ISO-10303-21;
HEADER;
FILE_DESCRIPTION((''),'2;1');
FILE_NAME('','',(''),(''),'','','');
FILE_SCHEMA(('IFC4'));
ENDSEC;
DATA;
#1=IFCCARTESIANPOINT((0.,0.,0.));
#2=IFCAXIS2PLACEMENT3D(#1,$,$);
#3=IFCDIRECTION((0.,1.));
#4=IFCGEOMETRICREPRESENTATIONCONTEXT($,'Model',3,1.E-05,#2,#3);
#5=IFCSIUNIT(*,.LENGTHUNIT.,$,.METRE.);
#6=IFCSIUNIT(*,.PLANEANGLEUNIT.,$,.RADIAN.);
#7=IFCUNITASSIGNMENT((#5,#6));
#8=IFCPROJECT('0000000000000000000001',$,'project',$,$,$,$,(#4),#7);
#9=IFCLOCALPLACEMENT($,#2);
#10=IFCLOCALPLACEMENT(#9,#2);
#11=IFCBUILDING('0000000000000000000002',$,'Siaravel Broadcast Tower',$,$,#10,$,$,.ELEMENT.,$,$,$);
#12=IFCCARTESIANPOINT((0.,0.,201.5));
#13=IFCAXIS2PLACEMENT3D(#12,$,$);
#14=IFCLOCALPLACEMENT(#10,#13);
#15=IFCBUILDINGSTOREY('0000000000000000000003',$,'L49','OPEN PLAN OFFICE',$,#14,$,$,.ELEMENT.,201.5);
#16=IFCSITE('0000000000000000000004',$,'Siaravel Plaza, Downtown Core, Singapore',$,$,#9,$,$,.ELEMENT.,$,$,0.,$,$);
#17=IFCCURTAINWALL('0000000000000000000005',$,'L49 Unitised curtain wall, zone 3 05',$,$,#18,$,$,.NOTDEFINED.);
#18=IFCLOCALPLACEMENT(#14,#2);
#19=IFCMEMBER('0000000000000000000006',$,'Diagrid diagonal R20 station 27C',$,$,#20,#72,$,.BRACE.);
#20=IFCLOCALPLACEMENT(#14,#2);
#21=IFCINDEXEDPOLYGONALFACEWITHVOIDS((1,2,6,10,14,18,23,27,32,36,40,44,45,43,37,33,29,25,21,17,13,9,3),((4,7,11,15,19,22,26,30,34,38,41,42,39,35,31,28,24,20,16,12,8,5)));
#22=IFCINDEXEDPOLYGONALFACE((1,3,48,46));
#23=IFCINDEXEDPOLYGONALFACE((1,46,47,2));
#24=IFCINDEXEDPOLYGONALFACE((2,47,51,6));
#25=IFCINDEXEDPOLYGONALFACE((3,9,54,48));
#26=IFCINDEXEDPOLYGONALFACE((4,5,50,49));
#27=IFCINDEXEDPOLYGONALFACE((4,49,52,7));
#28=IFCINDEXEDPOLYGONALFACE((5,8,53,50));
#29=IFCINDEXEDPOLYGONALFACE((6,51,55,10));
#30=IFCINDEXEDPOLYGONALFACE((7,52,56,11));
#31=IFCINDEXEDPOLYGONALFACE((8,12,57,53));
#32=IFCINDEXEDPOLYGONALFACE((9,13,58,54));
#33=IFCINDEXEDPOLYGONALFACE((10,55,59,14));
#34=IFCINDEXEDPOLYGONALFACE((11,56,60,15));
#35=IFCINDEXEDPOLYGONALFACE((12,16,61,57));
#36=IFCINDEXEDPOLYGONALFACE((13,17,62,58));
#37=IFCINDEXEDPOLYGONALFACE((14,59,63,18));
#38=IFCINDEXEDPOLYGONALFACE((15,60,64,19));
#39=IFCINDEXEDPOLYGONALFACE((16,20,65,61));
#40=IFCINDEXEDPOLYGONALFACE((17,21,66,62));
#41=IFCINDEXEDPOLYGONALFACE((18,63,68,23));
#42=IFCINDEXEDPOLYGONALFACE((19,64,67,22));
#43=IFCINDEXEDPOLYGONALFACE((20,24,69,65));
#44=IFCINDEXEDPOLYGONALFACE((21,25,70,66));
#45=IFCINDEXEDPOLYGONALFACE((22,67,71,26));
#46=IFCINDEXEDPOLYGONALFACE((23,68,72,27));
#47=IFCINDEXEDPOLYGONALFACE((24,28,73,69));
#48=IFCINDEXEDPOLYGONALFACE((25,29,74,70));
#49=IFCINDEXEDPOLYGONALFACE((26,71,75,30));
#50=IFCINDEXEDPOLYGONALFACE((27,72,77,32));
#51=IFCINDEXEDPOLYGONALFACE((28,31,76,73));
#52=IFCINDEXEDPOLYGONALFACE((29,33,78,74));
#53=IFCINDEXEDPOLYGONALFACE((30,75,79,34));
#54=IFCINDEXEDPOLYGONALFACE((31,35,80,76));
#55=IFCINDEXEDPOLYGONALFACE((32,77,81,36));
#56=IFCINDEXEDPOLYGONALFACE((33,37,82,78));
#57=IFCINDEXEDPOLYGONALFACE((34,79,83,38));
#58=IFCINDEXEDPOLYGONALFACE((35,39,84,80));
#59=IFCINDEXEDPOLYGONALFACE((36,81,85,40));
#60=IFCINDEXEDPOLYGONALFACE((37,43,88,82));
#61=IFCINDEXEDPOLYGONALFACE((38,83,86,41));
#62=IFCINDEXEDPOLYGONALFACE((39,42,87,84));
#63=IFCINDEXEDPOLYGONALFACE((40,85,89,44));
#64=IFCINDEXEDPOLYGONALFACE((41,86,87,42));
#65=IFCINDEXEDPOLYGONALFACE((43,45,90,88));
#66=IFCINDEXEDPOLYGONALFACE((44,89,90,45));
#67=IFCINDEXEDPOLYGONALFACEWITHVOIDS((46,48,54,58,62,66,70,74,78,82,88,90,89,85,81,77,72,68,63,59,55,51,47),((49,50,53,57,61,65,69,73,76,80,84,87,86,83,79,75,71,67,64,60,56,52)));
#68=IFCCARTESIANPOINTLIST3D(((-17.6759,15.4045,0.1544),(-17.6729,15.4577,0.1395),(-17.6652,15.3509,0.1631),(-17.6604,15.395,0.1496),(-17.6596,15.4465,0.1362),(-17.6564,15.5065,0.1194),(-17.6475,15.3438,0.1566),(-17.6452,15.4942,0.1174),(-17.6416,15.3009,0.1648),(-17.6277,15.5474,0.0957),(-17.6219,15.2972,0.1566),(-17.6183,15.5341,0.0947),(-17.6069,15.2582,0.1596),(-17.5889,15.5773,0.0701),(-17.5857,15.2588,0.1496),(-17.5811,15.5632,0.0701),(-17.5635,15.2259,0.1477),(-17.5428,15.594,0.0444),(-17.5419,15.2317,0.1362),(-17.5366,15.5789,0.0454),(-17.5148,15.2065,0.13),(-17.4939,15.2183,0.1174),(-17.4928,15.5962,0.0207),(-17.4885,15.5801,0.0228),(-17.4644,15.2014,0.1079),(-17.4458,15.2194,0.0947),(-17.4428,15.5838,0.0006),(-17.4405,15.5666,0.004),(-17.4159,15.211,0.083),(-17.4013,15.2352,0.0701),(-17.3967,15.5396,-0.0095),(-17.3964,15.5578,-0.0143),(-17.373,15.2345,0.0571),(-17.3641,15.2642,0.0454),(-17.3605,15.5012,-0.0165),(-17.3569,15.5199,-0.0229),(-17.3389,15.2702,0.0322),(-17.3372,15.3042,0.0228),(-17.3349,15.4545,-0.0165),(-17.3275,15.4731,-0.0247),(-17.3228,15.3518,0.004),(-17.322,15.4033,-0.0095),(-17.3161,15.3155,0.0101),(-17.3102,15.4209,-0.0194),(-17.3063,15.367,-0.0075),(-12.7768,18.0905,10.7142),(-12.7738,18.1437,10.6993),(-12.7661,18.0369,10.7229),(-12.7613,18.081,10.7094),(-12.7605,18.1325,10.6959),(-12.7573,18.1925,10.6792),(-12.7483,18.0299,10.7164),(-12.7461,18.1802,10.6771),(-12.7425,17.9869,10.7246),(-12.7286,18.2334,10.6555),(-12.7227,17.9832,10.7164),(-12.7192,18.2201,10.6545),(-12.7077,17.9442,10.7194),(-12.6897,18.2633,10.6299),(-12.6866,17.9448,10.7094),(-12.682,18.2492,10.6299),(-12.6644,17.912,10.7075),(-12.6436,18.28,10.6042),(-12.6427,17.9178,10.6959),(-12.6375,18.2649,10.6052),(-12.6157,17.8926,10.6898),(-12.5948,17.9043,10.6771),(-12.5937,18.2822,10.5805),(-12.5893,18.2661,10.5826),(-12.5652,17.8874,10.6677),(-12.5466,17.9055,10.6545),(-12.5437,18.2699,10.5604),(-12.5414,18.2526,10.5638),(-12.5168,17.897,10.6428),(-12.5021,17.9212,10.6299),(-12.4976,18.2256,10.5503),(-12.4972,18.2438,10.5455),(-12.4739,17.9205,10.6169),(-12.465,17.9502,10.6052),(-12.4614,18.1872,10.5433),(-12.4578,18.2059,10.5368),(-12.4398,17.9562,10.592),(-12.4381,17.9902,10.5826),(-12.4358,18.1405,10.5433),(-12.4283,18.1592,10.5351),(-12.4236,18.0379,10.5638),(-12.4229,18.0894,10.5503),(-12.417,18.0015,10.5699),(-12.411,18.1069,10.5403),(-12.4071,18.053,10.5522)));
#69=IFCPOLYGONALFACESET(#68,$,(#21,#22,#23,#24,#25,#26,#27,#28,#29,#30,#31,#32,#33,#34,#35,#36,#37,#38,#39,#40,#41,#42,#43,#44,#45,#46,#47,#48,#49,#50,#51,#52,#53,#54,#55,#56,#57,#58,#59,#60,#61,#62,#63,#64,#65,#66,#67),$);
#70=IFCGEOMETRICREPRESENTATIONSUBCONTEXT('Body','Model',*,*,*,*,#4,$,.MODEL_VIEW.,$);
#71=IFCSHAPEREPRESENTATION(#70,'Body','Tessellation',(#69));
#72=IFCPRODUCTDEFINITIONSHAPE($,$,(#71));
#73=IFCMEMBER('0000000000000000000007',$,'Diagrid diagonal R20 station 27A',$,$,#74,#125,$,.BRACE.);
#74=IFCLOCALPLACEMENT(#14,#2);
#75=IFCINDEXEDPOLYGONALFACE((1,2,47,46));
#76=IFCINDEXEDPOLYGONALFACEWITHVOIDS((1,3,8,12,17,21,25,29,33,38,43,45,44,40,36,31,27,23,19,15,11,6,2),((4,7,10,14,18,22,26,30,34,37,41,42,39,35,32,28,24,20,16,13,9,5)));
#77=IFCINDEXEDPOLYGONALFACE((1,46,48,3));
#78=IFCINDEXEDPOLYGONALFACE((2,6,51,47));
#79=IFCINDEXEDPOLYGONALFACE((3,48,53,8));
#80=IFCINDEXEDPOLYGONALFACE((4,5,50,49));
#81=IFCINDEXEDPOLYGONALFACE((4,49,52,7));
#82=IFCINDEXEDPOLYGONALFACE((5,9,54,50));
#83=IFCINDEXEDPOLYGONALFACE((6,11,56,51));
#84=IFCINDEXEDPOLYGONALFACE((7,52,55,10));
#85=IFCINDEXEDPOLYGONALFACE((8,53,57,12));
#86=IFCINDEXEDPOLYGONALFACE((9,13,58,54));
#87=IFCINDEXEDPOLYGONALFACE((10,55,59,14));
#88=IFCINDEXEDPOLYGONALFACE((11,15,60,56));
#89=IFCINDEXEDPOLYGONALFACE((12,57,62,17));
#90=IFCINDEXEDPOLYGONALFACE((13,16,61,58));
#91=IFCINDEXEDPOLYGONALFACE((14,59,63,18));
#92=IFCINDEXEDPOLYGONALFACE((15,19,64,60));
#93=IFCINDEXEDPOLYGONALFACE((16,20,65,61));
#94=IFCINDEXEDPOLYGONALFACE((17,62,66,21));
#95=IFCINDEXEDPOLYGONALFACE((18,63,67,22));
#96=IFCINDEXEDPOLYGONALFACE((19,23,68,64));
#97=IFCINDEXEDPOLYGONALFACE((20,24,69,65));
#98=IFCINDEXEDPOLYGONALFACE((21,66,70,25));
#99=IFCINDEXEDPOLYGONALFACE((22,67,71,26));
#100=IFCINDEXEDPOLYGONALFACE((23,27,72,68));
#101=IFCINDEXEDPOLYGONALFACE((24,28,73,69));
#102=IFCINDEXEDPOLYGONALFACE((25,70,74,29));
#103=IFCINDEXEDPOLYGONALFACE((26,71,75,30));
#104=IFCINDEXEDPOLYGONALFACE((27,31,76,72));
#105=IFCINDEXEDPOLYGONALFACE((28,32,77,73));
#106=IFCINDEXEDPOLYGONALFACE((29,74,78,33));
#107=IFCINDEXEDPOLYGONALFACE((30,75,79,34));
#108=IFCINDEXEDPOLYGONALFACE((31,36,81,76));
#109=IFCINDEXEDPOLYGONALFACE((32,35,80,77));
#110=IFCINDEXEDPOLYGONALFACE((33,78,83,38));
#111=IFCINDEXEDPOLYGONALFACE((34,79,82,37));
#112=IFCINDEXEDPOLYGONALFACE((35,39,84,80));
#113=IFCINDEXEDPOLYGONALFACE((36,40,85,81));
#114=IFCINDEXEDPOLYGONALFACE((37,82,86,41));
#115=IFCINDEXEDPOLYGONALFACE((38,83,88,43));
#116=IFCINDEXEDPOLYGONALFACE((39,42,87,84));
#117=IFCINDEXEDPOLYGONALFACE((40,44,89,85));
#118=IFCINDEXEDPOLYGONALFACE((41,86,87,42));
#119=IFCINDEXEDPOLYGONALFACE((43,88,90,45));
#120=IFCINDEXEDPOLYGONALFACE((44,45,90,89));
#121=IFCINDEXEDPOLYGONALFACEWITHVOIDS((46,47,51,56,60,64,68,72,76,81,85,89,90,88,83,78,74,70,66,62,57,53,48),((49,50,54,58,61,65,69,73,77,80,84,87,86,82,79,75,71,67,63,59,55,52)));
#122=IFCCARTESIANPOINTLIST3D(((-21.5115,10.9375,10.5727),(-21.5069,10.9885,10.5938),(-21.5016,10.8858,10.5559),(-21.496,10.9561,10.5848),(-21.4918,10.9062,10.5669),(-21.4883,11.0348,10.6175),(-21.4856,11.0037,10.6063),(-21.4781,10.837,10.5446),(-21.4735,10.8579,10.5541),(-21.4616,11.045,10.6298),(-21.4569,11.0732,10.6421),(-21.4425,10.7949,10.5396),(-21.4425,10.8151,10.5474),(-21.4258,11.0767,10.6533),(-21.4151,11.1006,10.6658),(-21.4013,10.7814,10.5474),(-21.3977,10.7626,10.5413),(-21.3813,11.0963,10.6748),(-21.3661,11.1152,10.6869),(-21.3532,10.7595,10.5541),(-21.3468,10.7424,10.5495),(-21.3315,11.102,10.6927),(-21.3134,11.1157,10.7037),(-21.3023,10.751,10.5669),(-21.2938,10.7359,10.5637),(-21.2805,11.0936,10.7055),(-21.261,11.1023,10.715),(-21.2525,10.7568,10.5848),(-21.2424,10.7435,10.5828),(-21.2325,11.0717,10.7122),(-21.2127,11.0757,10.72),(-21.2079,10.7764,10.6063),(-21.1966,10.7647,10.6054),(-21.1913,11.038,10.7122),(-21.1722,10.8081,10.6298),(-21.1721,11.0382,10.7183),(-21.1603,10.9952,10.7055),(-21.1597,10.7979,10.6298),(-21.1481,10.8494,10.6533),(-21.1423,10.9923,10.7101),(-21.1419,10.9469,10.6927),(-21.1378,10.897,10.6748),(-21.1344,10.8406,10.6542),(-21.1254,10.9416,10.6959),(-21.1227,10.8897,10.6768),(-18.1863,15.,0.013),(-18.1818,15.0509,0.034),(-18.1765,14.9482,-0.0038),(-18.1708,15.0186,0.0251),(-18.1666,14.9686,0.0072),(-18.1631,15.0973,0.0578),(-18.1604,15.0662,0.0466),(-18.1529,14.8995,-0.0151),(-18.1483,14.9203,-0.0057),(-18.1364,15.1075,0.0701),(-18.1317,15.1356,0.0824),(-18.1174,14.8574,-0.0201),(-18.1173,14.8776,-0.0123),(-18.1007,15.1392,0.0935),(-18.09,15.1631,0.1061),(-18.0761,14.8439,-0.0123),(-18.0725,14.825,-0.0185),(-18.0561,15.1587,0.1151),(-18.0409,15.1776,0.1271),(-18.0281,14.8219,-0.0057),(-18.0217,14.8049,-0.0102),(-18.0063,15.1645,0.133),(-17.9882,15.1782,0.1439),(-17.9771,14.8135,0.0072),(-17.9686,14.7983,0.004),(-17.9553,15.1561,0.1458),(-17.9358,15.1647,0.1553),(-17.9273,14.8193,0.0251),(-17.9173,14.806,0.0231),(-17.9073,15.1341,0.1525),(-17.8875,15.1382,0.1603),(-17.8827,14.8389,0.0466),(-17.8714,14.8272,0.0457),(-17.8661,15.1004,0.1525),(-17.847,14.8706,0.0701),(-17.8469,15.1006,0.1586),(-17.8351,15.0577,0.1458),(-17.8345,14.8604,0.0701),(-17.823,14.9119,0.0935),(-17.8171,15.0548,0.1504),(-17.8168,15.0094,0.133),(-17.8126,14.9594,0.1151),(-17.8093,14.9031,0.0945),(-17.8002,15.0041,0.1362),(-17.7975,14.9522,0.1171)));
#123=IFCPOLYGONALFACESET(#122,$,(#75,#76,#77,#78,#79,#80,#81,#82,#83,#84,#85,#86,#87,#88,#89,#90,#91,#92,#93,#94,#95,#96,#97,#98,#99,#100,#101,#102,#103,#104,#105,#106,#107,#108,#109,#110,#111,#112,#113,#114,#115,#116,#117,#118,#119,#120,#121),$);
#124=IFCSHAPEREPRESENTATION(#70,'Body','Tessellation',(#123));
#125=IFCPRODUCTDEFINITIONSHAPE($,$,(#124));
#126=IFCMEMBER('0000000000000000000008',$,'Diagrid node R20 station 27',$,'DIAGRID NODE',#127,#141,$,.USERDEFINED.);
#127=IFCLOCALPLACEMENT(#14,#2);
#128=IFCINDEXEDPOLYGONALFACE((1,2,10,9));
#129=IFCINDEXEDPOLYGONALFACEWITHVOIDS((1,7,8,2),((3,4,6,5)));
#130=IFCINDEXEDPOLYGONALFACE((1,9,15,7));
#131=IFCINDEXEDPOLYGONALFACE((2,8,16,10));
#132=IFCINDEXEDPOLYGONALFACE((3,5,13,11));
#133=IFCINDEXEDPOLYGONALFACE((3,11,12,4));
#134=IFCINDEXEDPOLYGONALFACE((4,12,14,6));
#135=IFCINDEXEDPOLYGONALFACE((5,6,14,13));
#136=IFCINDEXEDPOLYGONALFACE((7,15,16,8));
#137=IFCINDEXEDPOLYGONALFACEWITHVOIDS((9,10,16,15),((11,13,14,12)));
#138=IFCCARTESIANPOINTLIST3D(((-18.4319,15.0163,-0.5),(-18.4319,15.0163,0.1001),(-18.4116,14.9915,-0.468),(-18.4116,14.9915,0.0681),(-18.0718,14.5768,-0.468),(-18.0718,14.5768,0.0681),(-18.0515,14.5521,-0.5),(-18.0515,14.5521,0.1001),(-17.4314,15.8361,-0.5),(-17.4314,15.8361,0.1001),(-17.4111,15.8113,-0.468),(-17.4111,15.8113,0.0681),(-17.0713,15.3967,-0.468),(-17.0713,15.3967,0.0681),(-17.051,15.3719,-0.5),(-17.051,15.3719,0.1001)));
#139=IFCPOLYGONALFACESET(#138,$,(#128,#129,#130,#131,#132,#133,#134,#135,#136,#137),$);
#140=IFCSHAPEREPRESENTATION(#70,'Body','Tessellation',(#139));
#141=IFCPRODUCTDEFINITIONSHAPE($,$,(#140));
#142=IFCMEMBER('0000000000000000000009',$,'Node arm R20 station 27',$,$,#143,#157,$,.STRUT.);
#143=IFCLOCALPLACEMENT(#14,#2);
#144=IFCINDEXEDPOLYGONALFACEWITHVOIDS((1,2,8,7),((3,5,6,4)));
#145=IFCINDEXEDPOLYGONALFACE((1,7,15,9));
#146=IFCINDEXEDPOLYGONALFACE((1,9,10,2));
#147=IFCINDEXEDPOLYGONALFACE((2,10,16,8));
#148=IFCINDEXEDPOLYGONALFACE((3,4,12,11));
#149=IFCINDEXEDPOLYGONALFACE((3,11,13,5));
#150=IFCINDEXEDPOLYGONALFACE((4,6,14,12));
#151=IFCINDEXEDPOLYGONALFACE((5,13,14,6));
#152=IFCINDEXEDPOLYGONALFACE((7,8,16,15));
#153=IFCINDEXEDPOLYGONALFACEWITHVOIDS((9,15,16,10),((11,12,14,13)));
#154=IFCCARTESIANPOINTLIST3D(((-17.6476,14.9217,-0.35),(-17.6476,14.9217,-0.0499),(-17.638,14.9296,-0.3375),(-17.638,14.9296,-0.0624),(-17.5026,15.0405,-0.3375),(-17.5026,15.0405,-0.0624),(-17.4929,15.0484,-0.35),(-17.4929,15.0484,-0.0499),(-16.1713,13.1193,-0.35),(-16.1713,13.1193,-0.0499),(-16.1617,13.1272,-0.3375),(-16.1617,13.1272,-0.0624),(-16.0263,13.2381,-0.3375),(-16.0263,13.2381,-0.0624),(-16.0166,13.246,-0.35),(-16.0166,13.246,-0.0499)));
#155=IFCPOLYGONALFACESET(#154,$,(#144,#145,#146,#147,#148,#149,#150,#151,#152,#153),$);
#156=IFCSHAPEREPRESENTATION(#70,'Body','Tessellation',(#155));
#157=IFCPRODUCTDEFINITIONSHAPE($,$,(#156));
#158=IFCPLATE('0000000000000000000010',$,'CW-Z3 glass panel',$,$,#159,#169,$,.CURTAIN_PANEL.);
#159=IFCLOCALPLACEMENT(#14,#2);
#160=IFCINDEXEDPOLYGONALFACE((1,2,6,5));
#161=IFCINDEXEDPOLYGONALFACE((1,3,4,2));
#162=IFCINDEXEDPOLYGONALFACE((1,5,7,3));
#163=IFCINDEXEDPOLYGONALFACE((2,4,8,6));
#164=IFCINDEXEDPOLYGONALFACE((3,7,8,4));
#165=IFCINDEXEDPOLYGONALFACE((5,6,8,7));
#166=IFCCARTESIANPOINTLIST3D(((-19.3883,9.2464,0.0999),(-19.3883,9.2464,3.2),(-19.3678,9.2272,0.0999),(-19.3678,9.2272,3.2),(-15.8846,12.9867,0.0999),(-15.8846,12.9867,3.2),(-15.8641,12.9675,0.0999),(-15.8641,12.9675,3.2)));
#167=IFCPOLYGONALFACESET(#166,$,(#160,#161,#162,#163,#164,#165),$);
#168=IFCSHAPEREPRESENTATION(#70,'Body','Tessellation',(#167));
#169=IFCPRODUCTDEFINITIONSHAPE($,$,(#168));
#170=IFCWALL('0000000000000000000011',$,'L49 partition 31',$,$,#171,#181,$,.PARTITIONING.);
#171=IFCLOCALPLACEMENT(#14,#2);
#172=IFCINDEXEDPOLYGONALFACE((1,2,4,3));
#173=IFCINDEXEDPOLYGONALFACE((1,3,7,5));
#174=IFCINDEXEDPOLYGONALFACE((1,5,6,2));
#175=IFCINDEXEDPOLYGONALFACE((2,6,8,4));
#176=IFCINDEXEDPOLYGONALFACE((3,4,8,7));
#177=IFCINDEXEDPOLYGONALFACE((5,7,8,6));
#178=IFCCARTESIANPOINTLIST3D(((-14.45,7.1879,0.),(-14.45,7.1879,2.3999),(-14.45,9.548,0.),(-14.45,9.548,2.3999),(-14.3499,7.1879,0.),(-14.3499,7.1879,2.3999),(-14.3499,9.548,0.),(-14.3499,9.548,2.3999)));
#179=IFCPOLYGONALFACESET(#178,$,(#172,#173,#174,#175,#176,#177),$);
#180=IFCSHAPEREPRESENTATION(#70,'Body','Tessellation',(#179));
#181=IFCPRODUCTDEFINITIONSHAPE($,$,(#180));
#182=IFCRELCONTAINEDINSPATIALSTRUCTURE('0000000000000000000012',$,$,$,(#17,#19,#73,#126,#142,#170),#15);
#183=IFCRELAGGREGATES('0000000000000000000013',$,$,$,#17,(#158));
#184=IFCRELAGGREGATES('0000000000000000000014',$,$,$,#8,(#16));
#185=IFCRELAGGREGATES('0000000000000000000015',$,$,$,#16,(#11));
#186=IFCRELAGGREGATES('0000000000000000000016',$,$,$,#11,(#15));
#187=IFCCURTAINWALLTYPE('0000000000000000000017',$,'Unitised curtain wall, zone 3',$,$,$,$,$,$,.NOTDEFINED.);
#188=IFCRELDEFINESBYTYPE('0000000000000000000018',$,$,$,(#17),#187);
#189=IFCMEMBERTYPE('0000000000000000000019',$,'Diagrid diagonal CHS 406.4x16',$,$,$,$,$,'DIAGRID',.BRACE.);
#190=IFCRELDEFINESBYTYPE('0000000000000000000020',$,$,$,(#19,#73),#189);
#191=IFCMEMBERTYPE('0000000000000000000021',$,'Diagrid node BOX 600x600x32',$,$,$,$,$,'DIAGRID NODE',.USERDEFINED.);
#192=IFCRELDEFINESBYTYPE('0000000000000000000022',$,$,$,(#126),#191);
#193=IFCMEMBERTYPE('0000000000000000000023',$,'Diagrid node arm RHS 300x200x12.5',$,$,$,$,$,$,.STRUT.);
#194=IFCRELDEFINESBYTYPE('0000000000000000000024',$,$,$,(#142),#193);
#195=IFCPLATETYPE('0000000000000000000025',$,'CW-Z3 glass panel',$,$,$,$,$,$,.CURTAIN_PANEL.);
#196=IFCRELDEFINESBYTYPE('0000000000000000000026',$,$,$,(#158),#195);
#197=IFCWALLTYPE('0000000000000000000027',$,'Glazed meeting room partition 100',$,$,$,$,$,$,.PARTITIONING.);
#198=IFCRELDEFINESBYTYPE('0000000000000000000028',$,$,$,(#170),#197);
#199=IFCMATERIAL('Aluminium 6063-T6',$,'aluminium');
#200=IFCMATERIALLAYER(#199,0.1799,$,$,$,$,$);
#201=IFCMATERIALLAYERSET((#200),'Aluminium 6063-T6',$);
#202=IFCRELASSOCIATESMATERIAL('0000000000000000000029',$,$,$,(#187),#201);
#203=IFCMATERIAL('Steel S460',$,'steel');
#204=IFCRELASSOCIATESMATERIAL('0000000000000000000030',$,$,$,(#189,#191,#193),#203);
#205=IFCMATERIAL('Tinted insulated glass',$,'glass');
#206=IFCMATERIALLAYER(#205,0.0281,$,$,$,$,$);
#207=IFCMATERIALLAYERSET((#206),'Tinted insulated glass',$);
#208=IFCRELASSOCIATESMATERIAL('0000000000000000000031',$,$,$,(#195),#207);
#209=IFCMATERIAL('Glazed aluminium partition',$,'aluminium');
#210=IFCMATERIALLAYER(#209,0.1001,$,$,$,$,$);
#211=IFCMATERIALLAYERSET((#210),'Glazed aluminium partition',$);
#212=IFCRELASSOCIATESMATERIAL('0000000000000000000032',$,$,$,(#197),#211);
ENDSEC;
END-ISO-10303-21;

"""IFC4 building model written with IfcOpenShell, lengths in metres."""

from ifc_helpers import new_model, si_unit, direction, frame, frame_2d, origin, origin_2d, place, context, subcontext, project, spatial, rectangle, hollow_rectangle, hollow_circle, extrude, material, layer, layer_set, material_profile, profile_set, type_object, element, aggregate, save


model = new_model("IFC4")

# Units and contexts
model_context = context("Model", 3, precision=1e-05, world=origin(), true_north=direction((0.0, 1.0)))
body_context = subcontext(model_context, "Body", "Model", "MODEL_VIEW")
ifc_project = project(units=[si_unit("LENGTHUNIT", "METRE"), si_unit("PLANEANGLEUNIT", "RADIAN")], contexts=[model_context])

# Site, building, storey
site_placement = place(None, origin())
site = spatial("IfcSite", under=ifc_project, at=site_placement, Name="Siaravel Plaza, Downtown Core, Singapore", CompositionType="ELEMENT", RefElevation=0.0)
building_placement = place(site_placement, origin())
building = spatial("IfcBuilding", under=site, at=building_placement, Name="Siaravel Broadcast Tower", CompositionType="ELEMENT")
storey_placement = place(building_placement, frame((0.0, 0.0, 201.5)))
storey = spatial("IfcBuildingStorey", under=building, at=storey_placement, Name="L49", Description="OPEN PLAN OFFICE", CompositionType="ELEMENT", Elevation=201.5)

# Curtain wall
ifc_material_1 = material(Name="Aluminium 6063-T6", Category="aluminium")
ifc_layer_1 = layer(ifc_material_1, 0.1799)
ifc_layer_set_1 = layer_set([ifc_layer_1], Name="Aluminium 6063-T6")
curtain_wall_type = type_object("IfcCurtainWallType", Name="Unitised curtain wall, zone 3", PredefinedType="NOTDEFINED", material=ifc_layer_set_1)
curtain_wall_1_placement = place(storey_placement, origin())
curtain_wall_1 = element("IfcCurtainWall", 1, at=curtain_wall_1_placement, inside=storey, type_object=curtain_wall_type, Name="L49 Unitised curtain wall, zone 3 05", PredefinedType="NOTDEFINED")

# Members
ifc_material_2 = material(Name="Steel S460", Category="steel")
ifc_material_profile_1 = material_profile(ifc_material_2, hollow_circle(Radius=0.2031, WallThickness=0.0161, at=origin_2d()))
ifc_profile_set_1 = profile_set([ifc_material_profile_1], Name="Steel S460")
member_type_1 = type_object("IfcMemberType", Name="Diagrid diagonal CHS 406.4x16", ElementType="DIAGRID", PredefinedType="BRACE", material=ifc_profile_set_1)
member_1_placement = place(storey_placement, frame((-17.4912, 15.3992, 0.0701), z_axis=(0.410082, 0.224833, 0.883902), x_axis=(-0.480749, 0.876858, 0.0)))
element("IfcMember", 2, at=member_1_placement, inside=storey, type_object=member_type_1, Name="Diagrid diagonal R20 station 27C", PredefinedType="BRACE", context=body_context, shape_type="SweptSolid", body=[
    extrude(hollow_circle(Radius=0.2031, WallThickness=0.0161, at=origin_2d()), origin(), (0.0, 0.0, 1.0), 11.9468),
])
member_2_placement = place(storey_placement, frame((-17.9917, 14.989, 0.0701), z_axis=(-0.281968, -0.344489, 0.895445), x_axis=(0.773833, -0.63339, 0.0)))
element("IfcMember", 3, at=member_2_placement, inside=storey, type_object=member_type_1, Name="Diagrid diagonal R20 station 27A", PredefinedType="BRACE", context=body_context, shape_type="SweptSolid", body=[
    extrude(hollow_circle(Radius=0.2031, WallThickness=0.0161, at=origin_2d()), origin(), (0.0, 0.0, 1.0), 11.7927),
])
ifc_material_profile_2 = material_profile(ifc_material_2, hollow_rectangle(XDim=0.6001, YDim=0.6001, WallThickness=0.032, at=origin_2d()))
ifc_profile_set_2 = profile_set([ifc_material_profile_2], Name="Steel S460")
member_type_2 = type_object("IfcMemberType", Name="Diagrid node BOX 600x600x32", ElementType="DIAGRID NODE", PredefinedType="USERDEFINED", material=ifc_profile_set_2)
member_3_placement = place(storey_placement, frame((-17.2412, 15.604, -0.2), z_axis=(-0.773486, -0.633813, 0.0), x_axis=(0.633813, -0.773486, 0.0)))
element("IfcMember", 4, at=member_3_placement, inside=storey, type_object=member_type_2, Name="Diagrid node R20 station 27", ObjectType="DIAGRID NODE", PredefinedType="USERDEFINED", context=body_context, shape_type="SweptSolid", body=[
    extrude(hollow_rectangle(XDim=0.6001, YDim=0.6001, WallThickness=0.032, at=origin_2d()), origin(), (0.0, 0.0, 1.0), 1.2935),
])
ifc_material_profile_3 = material_profile(ifc_material_2, hollow_rectangle(XDim=0.2, YDim=0.3, WallThickness=0.0125, at=origin_2d()))
ifc_profile_set_3 = profile_set([ifc_material_profile_3], Name="Steel S460")
member_type_3 = type_object("IfcMemberType", Name="Diagrid node arm RHS 300x200x12.5", PredefinedType="STRUT", material=ifc_profile_set_3)
member_4_placement = place(storey_placement, frame((-16.094, 13.1826, -0.2), z_axis=(-0.633637, 0.77363, 0.0), x_axis=(-0.77363, -0.633637, 0.0)))
element("IfcMember", 5, at=member_4_placement, inside=storey, type_object=member_type_3, Name="Node arm R20 station 27", PredefinedType="STRUT", context=body_context, shape_type="SweptSolid", body=[
    extrude(hollow_rectangle(XDim=0.2, YDim=0.3, WallThickness=0.0125, at=origin_2d()), origin(), (0.0, 0.0, 1.0), 2.3298),
])

# Plate
ifc_material_3 = material(Name="Tinted insulated glass", Category="glass")
ifc_layer_2 = layer(ifc_material_3, 0.0281)
ifc_layer_set_2 = layer_set([ifc_layer_2], Name="Tinted insulated glass")
plate_type = type_object("IfcPlateType", Name="CW-Z3 glass panel", PredefinedType="CURTAIN_PANEL", material=ifc_layer_set_2)
plate_placement = place(storey_placement, frame((-17.6262, 11.1069, 0.0999), z_axis=(0.0, 0.0, 1.0), x_axis=(-0.683653, -0.729807, 0.0)))
plate = element("IfcPlate", 6, at=plate_placement, type_object=plate_type, Name="CW-Z3 glass panel", PredefinedType="CURTAIN_PANEL", context=body_context, shape_type="SweptSolid", body=[
    extrude(rectangle(XDim=5.125, YDim=0.0281, at=origin_2d()), origin(), (0.0, 0.0, 1.0), 3.1001),
])
aggregate(curtain_wall_1, [plate])

# Wall
ifc_material_4 = material(Name="Glazed aluminium partition", Category="aluminium")
ifc_layer_3 = layer(ifc_material_4, 0.1001)
ifc_layer_set_3 = layer_set([ifc_layer_3], Name="Glazed aluminium partition")
wall_type_1 = type_object("IfcWallType", Name="Glazed meeting room partition 100", PredefinedType="PARTITIONING", material=ifc_layer_set_3)
wall_1_placement = place(storey_placement, frame((-14.3999, 9.5481, 0.0), z_axis=(0.0, 0.0, 1.0), x_axis=(0.0, -1.0, 0.0)))
element("IfcWall", 7, at=wall_1_placement, inside=storey, type_object=wall_type_1, Name="L49 partition 31", PredefinedType="PARTITIONING", context=body_context, shape_type="SweptSolid", body=[
    extrude(rectangle(XDim=2.3601, YDim=0.1001, at=frame_2d((1.1802, 0.0))), origin(), (0.0, 0.0, 1.0), 2.3999),
])

save(model, "model.ifc")
